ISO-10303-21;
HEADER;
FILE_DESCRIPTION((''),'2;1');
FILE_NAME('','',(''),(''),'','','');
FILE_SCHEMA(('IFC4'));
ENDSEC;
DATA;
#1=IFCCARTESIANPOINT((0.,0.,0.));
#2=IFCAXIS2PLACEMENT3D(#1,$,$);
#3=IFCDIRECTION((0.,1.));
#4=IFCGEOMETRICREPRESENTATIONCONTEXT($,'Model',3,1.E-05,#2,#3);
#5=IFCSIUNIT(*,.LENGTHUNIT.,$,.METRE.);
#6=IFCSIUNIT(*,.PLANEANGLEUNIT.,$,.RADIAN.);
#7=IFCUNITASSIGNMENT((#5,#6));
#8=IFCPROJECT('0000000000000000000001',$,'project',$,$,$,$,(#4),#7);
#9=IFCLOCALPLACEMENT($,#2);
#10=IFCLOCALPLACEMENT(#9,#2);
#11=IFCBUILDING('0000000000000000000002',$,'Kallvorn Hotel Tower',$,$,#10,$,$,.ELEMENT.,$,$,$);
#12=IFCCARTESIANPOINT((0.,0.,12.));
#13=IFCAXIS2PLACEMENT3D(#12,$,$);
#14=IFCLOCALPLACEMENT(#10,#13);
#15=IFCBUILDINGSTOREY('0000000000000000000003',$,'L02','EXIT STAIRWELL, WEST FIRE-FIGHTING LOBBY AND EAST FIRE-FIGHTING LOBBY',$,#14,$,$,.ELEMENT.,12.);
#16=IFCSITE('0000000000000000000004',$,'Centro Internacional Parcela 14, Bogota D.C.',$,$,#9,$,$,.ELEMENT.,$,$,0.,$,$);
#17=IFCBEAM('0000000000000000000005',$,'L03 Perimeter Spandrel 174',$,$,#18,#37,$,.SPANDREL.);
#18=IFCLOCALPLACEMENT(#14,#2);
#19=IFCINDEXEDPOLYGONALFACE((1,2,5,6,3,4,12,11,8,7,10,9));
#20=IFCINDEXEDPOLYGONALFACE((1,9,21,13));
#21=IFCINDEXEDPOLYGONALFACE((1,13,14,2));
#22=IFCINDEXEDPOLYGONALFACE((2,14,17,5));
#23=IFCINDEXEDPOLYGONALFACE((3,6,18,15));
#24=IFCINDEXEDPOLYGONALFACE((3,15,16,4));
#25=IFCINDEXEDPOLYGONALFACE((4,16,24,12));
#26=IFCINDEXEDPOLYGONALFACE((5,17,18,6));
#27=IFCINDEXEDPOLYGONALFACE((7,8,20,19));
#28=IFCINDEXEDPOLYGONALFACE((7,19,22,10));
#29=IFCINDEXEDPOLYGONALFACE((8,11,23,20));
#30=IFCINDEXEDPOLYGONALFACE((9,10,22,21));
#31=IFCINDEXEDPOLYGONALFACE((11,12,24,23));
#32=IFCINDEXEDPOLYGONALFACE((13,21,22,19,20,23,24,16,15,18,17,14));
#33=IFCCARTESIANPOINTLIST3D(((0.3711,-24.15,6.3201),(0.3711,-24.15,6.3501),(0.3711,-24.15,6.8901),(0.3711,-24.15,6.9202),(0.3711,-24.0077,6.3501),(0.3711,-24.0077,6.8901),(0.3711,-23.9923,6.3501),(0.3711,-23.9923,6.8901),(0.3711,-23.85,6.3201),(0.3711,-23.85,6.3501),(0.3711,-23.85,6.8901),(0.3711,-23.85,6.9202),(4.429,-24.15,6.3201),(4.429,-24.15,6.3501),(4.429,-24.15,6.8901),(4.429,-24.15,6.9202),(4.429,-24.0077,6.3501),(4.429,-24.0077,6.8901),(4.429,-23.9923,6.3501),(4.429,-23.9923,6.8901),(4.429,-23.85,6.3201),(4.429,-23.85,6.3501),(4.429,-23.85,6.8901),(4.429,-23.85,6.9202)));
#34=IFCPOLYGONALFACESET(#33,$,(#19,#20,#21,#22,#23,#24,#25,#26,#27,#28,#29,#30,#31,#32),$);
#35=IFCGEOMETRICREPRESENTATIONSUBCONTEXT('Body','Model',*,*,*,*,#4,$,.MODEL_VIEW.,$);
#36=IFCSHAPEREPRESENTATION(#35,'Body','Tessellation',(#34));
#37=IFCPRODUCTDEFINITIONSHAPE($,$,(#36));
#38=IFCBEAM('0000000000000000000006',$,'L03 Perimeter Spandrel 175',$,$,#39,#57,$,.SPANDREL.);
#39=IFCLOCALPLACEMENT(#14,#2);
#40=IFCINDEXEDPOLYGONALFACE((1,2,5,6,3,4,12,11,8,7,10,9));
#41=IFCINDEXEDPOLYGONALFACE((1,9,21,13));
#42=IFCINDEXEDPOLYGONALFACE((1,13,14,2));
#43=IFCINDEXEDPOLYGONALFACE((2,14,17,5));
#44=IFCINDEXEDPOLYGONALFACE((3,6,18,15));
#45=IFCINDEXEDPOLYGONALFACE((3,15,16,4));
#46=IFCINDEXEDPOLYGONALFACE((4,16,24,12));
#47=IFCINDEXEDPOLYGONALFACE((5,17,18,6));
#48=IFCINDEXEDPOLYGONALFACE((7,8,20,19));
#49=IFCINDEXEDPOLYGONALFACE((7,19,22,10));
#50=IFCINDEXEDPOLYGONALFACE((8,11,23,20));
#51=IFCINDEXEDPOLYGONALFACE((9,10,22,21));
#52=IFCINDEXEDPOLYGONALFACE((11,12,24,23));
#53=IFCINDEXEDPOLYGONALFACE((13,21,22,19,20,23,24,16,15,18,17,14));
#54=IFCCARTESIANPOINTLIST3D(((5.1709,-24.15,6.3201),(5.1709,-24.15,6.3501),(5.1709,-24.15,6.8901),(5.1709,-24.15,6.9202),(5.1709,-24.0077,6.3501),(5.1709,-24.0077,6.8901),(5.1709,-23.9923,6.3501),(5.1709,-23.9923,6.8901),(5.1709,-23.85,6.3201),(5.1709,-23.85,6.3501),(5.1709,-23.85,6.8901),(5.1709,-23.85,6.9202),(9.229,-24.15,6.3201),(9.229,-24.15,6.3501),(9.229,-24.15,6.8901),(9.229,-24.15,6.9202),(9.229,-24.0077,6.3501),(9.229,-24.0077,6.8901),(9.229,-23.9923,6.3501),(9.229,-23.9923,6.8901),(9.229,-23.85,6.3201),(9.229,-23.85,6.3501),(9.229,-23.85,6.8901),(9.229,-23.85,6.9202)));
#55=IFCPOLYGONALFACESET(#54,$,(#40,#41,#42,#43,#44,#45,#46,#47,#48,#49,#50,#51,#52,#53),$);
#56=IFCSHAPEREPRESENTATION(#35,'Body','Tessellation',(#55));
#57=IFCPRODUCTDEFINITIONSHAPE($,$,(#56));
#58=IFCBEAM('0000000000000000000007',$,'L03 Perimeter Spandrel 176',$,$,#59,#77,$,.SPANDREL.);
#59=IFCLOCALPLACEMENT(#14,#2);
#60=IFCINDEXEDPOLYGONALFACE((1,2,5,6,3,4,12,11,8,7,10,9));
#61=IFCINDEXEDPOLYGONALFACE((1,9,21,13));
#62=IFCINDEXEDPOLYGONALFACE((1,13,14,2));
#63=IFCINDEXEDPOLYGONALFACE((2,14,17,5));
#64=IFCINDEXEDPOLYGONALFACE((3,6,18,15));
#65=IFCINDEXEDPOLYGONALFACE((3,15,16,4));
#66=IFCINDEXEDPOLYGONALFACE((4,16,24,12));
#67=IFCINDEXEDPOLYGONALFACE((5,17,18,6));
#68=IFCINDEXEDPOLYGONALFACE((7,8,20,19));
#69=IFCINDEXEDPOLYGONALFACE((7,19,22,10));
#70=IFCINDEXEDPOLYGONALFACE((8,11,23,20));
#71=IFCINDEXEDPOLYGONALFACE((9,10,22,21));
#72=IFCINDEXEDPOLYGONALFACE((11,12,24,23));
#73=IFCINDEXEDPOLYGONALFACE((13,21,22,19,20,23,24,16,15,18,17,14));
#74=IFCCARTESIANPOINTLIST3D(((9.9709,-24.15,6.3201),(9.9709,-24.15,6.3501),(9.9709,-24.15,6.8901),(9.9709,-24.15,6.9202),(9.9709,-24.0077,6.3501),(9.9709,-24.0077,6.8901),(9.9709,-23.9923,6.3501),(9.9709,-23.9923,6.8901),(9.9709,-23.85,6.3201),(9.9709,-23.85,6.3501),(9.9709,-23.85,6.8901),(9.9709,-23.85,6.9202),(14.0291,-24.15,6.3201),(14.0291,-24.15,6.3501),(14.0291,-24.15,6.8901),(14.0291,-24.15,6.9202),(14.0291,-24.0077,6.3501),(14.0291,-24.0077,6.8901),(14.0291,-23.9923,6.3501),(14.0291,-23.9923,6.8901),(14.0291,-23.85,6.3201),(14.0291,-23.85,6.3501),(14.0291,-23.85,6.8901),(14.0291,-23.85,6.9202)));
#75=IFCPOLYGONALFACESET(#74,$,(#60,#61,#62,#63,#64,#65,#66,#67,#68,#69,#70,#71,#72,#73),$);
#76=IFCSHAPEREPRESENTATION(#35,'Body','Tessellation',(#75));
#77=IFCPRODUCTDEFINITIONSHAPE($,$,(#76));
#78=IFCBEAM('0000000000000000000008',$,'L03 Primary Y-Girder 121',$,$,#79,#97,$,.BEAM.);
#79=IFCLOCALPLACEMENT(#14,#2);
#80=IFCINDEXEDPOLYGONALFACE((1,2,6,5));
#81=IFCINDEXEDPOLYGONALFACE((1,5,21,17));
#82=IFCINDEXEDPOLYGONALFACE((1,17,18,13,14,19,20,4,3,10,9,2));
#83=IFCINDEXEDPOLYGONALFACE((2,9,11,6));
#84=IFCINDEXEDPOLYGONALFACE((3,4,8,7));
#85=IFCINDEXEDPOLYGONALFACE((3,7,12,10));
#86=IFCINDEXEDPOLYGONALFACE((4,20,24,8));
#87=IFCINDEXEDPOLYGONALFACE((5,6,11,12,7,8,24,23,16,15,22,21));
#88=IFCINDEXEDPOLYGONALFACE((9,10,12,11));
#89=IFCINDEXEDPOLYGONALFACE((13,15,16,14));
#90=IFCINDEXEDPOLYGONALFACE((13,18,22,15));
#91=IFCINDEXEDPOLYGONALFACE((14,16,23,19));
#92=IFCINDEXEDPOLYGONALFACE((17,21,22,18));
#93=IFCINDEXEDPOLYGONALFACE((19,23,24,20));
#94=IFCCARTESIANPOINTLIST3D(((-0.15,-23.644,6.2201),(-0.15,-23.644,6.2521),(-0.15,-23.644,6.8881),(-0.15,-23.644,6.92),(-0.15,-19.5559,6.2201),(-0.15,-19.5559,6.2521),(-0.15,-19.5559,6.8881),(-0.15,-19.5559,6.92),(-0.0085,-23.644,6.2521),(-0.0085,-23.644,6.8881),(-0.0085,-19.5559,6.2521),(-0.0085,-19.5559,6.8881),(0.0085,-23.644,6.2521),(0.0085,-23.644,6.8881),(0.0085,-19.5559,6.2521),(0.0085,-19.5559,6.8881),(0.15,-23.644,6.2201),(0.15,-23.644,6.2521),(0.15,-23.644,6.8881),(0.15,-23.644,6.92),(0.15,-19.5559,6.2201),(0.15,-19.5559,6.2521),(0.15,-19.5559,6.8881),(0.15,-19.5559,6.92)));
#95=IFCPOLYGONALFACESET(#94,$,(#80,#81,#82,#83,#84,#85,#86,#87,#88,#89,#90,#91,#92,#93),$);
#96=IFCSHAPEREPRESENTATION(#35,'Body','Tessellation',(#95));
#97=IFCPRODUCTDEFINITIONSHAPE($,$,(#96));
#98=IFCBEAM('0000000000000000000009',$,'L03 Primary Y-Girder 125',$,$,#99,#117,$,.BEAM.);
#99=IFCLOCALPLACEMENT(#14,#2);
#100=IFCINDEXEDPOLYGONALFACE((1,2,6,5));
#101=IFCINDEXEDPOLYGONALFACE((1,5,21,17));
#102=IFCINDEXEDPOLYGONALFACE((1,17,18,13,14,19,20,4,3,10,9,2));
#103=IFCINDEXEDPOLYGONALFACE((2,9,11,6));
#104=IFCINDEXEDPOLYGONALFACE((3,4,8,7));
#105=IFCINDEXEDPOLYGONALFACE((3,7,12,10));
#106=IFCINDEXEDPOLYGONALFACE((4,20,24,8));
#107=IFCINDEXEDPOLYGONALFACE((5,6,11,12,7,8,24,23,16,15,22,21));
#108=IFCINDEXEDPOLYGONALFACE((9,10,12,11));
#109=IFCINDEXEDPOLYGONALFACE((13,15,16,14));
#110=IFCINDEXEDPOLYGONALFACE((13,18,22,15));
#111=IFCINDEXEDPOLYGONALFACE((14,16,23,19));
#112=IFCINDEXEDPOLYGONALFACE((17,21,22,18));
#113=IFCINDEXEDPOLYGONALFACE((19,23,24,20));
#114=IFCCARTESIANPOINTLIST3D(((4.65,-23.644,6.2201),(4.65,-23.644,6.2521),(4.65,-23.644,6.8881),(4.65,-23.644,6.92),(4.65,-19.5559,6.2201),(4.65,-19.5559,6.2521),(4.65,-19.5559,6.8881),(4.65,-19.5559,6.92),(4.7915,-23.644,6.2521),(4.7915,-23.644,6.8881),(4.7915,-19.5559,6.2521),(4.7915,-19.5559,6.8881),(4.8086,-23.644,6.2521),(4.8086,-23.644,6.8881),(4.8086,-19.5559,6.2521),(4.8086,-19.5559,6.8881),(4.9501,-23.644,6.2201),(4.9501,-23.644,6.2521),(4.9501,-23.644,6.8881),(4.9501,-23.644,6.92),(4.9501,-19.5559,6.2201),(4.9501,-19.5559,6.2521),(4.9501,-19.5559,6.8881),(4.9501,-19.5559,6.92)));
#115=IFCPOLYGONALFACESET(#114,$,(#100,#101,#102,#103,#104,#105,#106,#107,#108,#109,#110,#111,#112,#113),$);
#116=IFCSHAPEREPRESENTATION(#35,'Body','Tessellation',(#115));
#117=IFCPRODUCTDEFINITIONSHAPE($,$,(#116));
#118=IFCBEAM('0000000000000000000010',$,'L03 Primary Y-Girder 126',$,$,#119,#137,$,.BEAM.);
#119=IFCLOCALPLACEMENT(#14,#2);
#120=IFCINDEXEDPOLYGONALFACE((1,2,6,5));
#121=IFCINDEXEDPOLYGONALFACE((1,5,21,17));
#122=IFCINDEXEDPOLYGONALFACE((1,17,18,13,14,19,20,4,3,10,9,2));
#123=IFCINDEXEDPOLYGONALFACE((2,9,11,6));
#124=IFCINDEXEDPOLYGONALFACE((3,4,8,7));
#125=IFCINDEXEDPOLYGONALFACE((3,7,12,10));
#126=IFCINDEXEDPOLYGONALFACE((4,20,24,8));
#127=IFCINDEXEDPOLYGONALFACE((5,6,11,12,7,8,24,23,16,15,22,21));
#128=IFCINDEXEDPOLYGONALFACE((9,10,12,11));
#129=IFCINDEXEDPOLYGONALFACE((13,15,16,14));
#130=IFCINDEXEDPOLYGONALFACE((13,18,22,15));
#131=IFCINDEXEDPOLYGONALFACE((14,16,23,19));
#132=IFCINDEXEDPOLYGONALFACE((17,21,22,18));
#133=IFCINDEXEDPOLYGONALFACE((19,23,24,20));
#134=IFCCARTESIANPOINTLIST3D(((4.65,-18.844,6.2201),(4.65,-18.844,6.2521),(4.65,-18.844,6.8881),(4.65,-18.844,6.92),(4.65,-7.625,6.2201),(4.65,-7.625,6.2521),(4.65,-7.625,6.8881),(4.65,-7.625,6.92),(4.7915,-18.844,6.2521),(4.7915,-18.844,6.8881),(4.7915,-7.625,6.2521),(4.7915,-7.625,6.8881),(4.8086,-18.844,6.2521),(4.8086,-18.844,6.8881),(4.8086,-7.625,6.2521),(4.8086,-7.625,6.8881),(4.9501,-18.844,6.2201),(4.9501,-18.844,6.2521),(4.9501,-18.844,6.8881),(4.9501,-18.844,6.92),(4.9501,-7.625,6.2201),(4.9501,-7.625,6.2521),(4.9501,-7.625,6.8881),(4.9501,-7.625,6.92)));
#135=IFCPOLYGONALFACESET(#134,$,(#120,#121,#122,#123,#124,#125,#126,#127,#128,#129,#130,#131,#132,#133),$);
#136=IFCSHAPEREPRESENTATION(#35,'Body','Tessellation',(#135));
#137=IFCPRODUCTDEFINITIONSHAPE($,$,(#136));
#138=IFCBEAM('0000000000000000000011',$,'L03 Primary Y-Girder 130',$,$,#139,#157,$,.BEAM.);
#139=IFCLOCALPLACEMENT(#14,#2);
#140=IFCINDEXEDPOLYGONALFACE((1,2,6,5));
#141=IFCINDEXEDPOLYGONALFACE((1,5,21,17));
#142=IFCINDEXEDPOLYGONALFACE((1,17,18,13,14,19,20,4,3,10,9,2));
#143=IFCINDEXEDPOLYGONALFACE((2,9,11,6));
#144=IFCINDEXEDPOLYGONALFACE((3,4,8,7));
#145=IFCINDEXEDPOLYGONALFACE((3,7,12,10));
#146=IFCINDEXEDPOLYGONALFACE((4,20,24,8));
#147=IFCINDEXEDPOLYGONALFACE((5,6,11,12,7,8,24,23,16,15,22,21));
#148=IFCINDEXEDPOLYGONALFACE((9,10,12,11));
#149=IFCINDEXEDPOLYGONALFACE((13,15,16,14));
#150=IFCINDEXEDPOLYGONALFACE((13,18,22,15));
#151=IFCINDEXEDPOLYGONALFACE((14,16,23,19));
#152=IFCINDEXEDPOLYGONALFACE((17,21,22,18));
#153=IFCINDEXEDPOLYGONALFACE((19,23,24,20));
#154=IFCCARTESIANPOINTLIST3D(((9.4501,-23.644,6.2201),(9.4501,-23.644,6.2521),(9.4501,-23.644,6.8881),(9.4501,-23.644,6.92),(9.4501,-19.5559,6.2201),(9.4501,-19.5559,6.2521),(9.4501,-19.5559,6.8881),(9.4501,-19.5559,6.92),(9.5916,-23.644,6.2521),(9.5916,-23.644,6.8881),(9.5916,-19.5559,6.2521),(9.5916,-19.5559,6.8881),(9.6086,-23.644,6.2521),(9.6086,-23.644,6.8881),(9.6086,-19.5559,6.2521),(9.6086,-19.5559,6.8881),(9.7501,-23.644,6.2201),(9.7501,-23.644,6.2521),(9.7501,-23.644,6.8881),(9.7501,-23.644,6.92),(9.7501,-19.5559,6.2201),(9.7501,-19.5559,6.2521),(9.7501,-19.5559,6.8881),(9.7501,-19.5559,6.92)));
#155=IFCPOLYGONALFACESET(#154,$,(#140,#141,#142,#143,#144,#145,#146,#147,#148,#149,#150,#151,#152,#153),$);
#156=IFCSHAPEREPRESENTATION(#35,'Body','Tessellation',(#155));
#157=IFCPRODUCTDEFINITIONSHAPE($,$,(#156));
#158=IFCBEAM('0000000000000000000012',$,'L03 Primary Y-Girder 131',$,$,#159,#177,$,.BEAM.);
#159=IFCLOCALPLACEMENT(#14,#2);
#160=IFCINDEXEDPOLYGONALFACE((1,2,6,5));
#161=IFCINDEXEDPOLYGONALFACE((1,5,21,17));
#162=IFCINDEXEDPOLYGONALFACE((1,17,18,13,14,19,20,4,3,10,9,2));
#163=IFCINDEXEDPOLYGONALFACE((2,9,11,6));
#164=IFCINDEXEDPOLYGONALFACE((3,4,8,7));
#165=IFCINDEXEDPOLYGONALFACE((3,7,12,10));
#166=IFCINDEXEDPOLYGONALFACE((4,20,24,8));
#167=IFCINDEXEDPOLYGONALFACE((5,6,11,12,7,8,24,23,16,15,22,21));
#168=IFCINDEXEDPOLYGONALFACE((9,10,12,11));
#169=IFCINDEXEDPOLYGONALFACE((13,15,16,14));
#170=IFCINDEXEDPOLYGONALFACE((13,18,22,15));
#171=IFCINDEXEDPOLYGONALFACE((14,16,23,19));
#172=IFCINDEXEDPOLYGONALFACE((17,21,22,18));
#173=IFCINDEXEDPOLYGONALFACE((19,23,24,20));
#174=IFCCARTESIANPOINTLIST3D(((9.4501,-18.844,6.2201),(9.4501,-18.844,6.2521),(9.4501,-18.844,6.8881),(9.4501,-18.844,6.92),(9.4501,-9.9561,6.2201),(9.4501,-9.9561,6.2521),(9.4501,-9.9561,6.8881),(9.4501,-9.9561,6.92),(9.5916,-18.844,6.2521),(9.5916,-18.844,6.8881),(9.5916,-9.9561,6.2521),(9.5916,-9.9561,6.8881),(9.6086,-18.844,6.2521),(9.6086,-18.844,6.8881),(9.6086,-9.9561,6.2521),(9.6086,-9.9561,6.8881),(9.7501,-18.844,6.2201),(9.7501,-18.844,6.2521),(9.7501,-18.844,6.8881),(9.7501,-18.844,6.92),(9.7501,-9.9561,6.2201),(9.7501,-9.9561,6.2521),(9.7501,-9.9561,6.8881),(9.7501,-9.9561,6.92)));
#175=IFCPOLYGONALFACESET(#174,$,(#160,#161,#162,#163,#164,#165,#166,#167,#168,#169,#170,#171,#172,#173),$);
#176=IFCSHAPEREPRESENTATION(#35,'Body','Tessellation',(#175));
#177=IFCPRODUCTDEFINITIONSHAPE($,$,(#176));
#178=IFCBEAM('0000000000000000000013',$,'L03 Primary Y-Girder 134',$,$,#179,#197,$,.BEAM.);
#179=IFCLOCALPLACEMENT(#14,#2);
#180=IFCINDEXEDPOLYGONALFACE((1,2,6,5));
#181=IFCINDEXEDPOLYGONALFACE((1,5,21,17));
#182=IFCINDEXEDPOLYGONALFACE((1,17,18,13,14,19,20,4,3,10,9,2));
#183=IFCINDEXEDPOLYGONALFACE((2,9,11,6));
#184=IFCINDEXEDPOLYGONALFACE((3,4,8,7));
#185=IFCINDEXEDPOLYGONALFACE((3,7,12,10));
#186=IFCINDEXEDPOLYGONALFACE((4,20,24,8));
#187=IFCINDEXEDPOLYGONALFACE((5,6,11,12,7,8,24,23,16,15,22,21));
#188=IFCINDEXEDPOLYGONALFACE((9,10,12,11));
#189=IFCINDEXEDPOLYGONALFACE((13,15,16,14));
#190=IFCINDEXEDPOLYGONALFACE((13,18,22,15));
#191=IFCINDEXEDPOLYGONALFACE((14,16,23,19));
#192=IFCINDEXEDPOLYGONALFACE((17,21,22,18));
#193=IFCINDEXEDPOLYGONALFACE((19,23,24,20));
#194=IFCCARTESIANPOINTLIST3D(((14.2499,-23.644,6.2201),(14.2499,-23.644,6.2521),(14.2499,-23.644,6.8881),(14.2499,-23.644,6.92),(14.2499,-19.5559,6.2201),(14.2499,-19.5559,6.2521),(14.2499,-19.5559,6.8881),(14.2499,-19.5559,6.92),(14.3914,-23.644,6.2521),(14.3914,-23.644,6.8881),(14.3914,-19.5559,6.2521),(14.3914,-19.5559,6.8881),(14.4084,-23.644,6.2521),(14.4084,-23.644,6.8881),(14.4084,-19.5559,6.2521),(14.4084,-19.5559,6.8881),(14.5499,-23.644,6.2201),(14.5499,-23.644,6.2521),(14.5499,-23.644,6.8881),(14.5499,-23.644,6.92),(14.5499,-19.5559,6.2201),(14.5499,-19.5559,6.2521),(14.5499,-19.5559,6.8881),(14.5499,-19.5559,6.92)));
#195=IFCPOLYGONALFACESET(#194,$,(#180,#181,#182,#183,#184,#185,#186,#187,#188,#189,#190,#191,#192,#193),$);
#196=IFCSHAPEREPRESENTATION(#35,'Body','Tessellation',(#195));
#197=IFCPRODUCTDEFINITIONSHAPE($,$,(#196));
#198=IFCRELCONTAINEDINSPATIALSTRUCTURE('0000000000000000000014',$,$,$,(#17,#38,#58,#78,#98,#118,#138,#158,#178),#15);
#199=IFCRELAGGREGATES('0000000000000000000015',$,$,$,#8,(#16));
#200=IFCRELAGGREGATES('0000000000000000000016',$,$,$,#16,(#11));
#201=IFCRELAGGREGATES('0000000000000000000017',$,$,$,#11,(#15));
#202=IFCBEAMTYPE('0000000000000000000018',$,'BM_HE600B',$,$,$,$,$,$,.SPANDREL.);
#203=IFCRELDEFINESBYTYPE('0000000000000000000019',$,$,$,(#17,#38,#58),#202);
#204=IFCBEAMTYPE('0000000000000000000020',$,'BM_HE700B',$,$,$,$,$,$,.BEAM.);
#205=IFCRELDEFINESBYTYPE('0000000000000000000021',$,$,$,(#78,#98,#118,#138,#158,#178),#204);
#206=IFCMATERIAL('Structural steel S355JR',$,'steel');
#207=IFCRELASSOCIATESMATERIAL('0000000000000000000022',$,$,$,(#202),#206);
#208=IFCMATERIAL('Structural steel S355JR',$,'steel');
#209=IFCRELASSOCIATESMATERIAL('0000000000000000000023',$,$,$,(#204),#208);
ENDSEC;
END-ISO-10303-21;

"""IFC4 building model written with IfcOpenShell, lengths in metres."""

from ifc_helpers import new_model, si_unit, direction, frame, origin, origin_2d, place, context, subcontext, project, spatial, i_section, extrude, material, material_profile, profile_set, type_object, element, save


model = new_model("IFC4")

# Units and contexts
model_context = context("Model", 3, precision=1e-05, world=origin(), true_north=direction((0.0, 1.0)))
body_context = subcontext(model_context, "Body", "Model", "MODEL_VIEW")
ifc_project = project(units=[si_unit("LENGTHUNIT", "METRE"), si_unit("PLANEANGLEUNIT", "RADIAN")], contexts=[model_context])

# Site, building, storey
site_placement = place(None, origin())
site = spatial("IfcSite", under=ifc_project, at=site_placement, Name="Centro Internacional Parcela 14, Bogota D.C.", CompositionType="ELEMENT", RefElevation=0.0)
building_placement = place(site_placement, origin())
building = spatial("IfcBuilding", under=site, at=building_placement, Name="Kallvorn Hotel Tower", CompositionType="ELEMENT")
storey_placement = place(building_placement, frame((0.0, 0.0, 12.0)))
storey = spatial("IfcBuildingStorey", under=building, at=storey_placement, Name="L02", Description="EXIT STAIRWELL, WEST FIRE-FIGHTING LOBBY AND EAST FIRE-FIGHTING LOBBY", CompositionType="ELEMENT", Elevation=12.0)

# Beams
ifc_material_1 = material(Name="Structural steel S355JR", Category="steel")
ifc_material_profile_1 = material_profile(ifc_material_1, i_section(OverallWidth=0.3, OverallDepth=0.6001, WebThickness=0.0154, FlangeThickness=0.03, at=origin_2d()), Name="HE 600 B")
ifc_profile_set_1 = profile_set([ifc_material_profile_1], Name="Structural steel S355JR")
beam_type_1 = type_object("IfcBeamType", Name="BM_HE600B", PredefinedType="SPANDREL", material=ifc_profile_set_1)
beam_1_placement = place(storey_placement, frame((0.3711, -24.0, 6.6201), z_axis=(1.0, 0.0, 0.0), x_axis=(0.0, 1.0, 0.0)))
element("IfcBeam", 1, at=beam_1_placement, inside=storey, type_object=beam_type_1, Name="L03 Perimeter Spandrel 174", PredefinedType="SPANDREL", context=body_context, shape_type="SweptSolid", body=[
    extrude(i_section(OverallWidth=0.3, OverallDepth=0.6001, WebThickness=0.0154, FlangeThickness=0.03, at=origin_2d()), origin(), (0.0, 0.0, 1.0), 4.0579),
])
for number, where, z_axis, x_axis, name in (
    (2, (5.1709, -24.0, 6.6201), (1.0, 0.0, 0.0), (0.0, 1.0, 0.0), "L03 Perimeter Spandrel 175"),
    (3, (9.9709, -24.0, 6.6201), (1.0, 0.0, 0.0), (0.0, 1.0, 0.0), "L03 Perimeter Spandrel 176"),
):
    element("IfcBeam", number, at=place(storey_placement, frame(where, z_axis=z_axis, x_axis=x_axis)), inside=storey, type_object=beam_type_1, Name=name, PredefinedType="SPANDREL", context=body_context, shape_type="SweptSolid", body=[
        extrude(i_section(OverallWidth=0.3, OverallDepth=0.6001, WebThickness=0.0154, FlangeThickness=0.03, at=origin_2d()), origin(), (0.0, 0.0, 1.0), 4.0581),
    ])
ifc_material_2 = material(Name="Structural steel S355JR", Category="steel")
ifc_material_profile_2 = material_profile(ifc_material_2, i_section(OverallWidth=0.3, OverallDepth=0.7, WebThickness=0.0171, FlangeThickness=0.032, at=origin_2d()), Name="HE 700 B")
ifc_profile_set_2 = profile_set([ifc_material_profile_2], Name="Structural steel S355JR")
beam_type_2 = type_object("IfcBeamType", Name="BM_HE700B", PredefinedType="BEAM", material=ifc_profile_set_2)
for number, where, z_axis, x_axis, name in (
    (4, (0.0, -23.644, 6.5701), (0.0, 1.0, 0.0), (-1.0, 0.0, 0.0), "L03 Primary Y-Girder 121"),
    (5, (4.8, -23.644, 6.5701), (0.0, 1.0, 0.0), (-1.0, 0.0, 0.0), "L03 Primary Y-Girder 125"),
):
    element("IfcBeam", number, at=place(storey_placement, frame(where, z_axis=z_axis, x_axis=x_axis)), inside=storey, type_object=beam_type_2, Name=name, PredefinedType="BEAM", context=body_context, shape_type="SweptSolid", body=[
        extrude(i_section(OverallWidth=0.3, OverallDepth=0.7, WebThickness=0.0171, FlangeThickness=0.032, at=origin_2d()), origin(), (0.0, 0.0, 1.0), 4.0881),
    ])
beam_2_placement = place(storey_placement, frame((4.8, -18.844, 6.5701), z_axis=(0.0, 1.0, 0.0), x_axis=(-1.0, 0.0, 0.0)))
element("IfcBeam", 6, at=beam_2_placement, inside=storey, type_object=beam_type_2, Name="L03 Primary Y-Girder 126", PredefinedType="BEAM", context=body_context, shape_type="SweptSolid", body=[
    extrude(i_section(OverallWidth=0.3, OverallDepth=0.7, WebThickness=0.0171, FlangeThickness=0.032, at=origin_2d()), origin(), (0.0, 0.0, 1.0), 11.219),
])
beam_3_placement = place(storey_placement, frame((9.6001, -23.644, 6.5701), z_axis=(0.0, 1.0, 0.0), x_axis=(-1.0, 0.0, 0.0)))
element("IfcBeam", 7, at=beam_3_placement, inside=storey, type_object=beam_type_2, Name="L03 Primary Y-Girder 130", PredefinedType="BEAM", context=body_context, shape_type="SweptSolid", body=[
    extrude(i_section(OverallWidth=0.3, OverallDepth=0.7, WebThickness=0.0171, FlangeThickness=0.032, at=origin_2d()), origin(), (0.0, 0.0, 1.0), 4.0881),
])
beam_4_placement = place(storey_placement, frame((9.6001, -18.844, 6.5701), z_axis=(0.0, 1.0, 0.0), x_axis=(-1.0, 0.0, 0.0)))
element("IfcBeam", 8, at=beam_4_placement, inside=storey, type_object=beam_type_2, Name="L03 Primary Y-Girder 131", PredefinedType="BEAM", context=body_context, shape_type="SweptSolid", body=[
    extrude(i_section(OverallWidth=0.3, OverallDepth=0.7, WebThickness=0.0171, FlangeThickness=0.032, at=origin_2d()), origin(), (0.0, 0.0, 1.0), 8.8879),
])
beam_5_placement = place(storey_placement, frame((14.3999, -23.644, 6.5701), z_axis=(0.0, 1.0, 0.0), x_axis=(-1.0, 0.0, 0.0)))
element("IfcBeam", 9, at=beam_5_placement, inside=storey, type_object=beam_type_2, Name="L03 Primary Y-Girder 134", PredefinedType="BEAM", context=body_context, shape_type="SweptSolid", body=[
    extrude(i_section(OverallWidth=0.3, OverallDepth=0.7, WebThickness=0.0171, FlangeThickness=0.032, at=origin_2d()), origin(), (0.0, 0.0, 1.0), 4.0881),
])

save(model, "model.ifc")
